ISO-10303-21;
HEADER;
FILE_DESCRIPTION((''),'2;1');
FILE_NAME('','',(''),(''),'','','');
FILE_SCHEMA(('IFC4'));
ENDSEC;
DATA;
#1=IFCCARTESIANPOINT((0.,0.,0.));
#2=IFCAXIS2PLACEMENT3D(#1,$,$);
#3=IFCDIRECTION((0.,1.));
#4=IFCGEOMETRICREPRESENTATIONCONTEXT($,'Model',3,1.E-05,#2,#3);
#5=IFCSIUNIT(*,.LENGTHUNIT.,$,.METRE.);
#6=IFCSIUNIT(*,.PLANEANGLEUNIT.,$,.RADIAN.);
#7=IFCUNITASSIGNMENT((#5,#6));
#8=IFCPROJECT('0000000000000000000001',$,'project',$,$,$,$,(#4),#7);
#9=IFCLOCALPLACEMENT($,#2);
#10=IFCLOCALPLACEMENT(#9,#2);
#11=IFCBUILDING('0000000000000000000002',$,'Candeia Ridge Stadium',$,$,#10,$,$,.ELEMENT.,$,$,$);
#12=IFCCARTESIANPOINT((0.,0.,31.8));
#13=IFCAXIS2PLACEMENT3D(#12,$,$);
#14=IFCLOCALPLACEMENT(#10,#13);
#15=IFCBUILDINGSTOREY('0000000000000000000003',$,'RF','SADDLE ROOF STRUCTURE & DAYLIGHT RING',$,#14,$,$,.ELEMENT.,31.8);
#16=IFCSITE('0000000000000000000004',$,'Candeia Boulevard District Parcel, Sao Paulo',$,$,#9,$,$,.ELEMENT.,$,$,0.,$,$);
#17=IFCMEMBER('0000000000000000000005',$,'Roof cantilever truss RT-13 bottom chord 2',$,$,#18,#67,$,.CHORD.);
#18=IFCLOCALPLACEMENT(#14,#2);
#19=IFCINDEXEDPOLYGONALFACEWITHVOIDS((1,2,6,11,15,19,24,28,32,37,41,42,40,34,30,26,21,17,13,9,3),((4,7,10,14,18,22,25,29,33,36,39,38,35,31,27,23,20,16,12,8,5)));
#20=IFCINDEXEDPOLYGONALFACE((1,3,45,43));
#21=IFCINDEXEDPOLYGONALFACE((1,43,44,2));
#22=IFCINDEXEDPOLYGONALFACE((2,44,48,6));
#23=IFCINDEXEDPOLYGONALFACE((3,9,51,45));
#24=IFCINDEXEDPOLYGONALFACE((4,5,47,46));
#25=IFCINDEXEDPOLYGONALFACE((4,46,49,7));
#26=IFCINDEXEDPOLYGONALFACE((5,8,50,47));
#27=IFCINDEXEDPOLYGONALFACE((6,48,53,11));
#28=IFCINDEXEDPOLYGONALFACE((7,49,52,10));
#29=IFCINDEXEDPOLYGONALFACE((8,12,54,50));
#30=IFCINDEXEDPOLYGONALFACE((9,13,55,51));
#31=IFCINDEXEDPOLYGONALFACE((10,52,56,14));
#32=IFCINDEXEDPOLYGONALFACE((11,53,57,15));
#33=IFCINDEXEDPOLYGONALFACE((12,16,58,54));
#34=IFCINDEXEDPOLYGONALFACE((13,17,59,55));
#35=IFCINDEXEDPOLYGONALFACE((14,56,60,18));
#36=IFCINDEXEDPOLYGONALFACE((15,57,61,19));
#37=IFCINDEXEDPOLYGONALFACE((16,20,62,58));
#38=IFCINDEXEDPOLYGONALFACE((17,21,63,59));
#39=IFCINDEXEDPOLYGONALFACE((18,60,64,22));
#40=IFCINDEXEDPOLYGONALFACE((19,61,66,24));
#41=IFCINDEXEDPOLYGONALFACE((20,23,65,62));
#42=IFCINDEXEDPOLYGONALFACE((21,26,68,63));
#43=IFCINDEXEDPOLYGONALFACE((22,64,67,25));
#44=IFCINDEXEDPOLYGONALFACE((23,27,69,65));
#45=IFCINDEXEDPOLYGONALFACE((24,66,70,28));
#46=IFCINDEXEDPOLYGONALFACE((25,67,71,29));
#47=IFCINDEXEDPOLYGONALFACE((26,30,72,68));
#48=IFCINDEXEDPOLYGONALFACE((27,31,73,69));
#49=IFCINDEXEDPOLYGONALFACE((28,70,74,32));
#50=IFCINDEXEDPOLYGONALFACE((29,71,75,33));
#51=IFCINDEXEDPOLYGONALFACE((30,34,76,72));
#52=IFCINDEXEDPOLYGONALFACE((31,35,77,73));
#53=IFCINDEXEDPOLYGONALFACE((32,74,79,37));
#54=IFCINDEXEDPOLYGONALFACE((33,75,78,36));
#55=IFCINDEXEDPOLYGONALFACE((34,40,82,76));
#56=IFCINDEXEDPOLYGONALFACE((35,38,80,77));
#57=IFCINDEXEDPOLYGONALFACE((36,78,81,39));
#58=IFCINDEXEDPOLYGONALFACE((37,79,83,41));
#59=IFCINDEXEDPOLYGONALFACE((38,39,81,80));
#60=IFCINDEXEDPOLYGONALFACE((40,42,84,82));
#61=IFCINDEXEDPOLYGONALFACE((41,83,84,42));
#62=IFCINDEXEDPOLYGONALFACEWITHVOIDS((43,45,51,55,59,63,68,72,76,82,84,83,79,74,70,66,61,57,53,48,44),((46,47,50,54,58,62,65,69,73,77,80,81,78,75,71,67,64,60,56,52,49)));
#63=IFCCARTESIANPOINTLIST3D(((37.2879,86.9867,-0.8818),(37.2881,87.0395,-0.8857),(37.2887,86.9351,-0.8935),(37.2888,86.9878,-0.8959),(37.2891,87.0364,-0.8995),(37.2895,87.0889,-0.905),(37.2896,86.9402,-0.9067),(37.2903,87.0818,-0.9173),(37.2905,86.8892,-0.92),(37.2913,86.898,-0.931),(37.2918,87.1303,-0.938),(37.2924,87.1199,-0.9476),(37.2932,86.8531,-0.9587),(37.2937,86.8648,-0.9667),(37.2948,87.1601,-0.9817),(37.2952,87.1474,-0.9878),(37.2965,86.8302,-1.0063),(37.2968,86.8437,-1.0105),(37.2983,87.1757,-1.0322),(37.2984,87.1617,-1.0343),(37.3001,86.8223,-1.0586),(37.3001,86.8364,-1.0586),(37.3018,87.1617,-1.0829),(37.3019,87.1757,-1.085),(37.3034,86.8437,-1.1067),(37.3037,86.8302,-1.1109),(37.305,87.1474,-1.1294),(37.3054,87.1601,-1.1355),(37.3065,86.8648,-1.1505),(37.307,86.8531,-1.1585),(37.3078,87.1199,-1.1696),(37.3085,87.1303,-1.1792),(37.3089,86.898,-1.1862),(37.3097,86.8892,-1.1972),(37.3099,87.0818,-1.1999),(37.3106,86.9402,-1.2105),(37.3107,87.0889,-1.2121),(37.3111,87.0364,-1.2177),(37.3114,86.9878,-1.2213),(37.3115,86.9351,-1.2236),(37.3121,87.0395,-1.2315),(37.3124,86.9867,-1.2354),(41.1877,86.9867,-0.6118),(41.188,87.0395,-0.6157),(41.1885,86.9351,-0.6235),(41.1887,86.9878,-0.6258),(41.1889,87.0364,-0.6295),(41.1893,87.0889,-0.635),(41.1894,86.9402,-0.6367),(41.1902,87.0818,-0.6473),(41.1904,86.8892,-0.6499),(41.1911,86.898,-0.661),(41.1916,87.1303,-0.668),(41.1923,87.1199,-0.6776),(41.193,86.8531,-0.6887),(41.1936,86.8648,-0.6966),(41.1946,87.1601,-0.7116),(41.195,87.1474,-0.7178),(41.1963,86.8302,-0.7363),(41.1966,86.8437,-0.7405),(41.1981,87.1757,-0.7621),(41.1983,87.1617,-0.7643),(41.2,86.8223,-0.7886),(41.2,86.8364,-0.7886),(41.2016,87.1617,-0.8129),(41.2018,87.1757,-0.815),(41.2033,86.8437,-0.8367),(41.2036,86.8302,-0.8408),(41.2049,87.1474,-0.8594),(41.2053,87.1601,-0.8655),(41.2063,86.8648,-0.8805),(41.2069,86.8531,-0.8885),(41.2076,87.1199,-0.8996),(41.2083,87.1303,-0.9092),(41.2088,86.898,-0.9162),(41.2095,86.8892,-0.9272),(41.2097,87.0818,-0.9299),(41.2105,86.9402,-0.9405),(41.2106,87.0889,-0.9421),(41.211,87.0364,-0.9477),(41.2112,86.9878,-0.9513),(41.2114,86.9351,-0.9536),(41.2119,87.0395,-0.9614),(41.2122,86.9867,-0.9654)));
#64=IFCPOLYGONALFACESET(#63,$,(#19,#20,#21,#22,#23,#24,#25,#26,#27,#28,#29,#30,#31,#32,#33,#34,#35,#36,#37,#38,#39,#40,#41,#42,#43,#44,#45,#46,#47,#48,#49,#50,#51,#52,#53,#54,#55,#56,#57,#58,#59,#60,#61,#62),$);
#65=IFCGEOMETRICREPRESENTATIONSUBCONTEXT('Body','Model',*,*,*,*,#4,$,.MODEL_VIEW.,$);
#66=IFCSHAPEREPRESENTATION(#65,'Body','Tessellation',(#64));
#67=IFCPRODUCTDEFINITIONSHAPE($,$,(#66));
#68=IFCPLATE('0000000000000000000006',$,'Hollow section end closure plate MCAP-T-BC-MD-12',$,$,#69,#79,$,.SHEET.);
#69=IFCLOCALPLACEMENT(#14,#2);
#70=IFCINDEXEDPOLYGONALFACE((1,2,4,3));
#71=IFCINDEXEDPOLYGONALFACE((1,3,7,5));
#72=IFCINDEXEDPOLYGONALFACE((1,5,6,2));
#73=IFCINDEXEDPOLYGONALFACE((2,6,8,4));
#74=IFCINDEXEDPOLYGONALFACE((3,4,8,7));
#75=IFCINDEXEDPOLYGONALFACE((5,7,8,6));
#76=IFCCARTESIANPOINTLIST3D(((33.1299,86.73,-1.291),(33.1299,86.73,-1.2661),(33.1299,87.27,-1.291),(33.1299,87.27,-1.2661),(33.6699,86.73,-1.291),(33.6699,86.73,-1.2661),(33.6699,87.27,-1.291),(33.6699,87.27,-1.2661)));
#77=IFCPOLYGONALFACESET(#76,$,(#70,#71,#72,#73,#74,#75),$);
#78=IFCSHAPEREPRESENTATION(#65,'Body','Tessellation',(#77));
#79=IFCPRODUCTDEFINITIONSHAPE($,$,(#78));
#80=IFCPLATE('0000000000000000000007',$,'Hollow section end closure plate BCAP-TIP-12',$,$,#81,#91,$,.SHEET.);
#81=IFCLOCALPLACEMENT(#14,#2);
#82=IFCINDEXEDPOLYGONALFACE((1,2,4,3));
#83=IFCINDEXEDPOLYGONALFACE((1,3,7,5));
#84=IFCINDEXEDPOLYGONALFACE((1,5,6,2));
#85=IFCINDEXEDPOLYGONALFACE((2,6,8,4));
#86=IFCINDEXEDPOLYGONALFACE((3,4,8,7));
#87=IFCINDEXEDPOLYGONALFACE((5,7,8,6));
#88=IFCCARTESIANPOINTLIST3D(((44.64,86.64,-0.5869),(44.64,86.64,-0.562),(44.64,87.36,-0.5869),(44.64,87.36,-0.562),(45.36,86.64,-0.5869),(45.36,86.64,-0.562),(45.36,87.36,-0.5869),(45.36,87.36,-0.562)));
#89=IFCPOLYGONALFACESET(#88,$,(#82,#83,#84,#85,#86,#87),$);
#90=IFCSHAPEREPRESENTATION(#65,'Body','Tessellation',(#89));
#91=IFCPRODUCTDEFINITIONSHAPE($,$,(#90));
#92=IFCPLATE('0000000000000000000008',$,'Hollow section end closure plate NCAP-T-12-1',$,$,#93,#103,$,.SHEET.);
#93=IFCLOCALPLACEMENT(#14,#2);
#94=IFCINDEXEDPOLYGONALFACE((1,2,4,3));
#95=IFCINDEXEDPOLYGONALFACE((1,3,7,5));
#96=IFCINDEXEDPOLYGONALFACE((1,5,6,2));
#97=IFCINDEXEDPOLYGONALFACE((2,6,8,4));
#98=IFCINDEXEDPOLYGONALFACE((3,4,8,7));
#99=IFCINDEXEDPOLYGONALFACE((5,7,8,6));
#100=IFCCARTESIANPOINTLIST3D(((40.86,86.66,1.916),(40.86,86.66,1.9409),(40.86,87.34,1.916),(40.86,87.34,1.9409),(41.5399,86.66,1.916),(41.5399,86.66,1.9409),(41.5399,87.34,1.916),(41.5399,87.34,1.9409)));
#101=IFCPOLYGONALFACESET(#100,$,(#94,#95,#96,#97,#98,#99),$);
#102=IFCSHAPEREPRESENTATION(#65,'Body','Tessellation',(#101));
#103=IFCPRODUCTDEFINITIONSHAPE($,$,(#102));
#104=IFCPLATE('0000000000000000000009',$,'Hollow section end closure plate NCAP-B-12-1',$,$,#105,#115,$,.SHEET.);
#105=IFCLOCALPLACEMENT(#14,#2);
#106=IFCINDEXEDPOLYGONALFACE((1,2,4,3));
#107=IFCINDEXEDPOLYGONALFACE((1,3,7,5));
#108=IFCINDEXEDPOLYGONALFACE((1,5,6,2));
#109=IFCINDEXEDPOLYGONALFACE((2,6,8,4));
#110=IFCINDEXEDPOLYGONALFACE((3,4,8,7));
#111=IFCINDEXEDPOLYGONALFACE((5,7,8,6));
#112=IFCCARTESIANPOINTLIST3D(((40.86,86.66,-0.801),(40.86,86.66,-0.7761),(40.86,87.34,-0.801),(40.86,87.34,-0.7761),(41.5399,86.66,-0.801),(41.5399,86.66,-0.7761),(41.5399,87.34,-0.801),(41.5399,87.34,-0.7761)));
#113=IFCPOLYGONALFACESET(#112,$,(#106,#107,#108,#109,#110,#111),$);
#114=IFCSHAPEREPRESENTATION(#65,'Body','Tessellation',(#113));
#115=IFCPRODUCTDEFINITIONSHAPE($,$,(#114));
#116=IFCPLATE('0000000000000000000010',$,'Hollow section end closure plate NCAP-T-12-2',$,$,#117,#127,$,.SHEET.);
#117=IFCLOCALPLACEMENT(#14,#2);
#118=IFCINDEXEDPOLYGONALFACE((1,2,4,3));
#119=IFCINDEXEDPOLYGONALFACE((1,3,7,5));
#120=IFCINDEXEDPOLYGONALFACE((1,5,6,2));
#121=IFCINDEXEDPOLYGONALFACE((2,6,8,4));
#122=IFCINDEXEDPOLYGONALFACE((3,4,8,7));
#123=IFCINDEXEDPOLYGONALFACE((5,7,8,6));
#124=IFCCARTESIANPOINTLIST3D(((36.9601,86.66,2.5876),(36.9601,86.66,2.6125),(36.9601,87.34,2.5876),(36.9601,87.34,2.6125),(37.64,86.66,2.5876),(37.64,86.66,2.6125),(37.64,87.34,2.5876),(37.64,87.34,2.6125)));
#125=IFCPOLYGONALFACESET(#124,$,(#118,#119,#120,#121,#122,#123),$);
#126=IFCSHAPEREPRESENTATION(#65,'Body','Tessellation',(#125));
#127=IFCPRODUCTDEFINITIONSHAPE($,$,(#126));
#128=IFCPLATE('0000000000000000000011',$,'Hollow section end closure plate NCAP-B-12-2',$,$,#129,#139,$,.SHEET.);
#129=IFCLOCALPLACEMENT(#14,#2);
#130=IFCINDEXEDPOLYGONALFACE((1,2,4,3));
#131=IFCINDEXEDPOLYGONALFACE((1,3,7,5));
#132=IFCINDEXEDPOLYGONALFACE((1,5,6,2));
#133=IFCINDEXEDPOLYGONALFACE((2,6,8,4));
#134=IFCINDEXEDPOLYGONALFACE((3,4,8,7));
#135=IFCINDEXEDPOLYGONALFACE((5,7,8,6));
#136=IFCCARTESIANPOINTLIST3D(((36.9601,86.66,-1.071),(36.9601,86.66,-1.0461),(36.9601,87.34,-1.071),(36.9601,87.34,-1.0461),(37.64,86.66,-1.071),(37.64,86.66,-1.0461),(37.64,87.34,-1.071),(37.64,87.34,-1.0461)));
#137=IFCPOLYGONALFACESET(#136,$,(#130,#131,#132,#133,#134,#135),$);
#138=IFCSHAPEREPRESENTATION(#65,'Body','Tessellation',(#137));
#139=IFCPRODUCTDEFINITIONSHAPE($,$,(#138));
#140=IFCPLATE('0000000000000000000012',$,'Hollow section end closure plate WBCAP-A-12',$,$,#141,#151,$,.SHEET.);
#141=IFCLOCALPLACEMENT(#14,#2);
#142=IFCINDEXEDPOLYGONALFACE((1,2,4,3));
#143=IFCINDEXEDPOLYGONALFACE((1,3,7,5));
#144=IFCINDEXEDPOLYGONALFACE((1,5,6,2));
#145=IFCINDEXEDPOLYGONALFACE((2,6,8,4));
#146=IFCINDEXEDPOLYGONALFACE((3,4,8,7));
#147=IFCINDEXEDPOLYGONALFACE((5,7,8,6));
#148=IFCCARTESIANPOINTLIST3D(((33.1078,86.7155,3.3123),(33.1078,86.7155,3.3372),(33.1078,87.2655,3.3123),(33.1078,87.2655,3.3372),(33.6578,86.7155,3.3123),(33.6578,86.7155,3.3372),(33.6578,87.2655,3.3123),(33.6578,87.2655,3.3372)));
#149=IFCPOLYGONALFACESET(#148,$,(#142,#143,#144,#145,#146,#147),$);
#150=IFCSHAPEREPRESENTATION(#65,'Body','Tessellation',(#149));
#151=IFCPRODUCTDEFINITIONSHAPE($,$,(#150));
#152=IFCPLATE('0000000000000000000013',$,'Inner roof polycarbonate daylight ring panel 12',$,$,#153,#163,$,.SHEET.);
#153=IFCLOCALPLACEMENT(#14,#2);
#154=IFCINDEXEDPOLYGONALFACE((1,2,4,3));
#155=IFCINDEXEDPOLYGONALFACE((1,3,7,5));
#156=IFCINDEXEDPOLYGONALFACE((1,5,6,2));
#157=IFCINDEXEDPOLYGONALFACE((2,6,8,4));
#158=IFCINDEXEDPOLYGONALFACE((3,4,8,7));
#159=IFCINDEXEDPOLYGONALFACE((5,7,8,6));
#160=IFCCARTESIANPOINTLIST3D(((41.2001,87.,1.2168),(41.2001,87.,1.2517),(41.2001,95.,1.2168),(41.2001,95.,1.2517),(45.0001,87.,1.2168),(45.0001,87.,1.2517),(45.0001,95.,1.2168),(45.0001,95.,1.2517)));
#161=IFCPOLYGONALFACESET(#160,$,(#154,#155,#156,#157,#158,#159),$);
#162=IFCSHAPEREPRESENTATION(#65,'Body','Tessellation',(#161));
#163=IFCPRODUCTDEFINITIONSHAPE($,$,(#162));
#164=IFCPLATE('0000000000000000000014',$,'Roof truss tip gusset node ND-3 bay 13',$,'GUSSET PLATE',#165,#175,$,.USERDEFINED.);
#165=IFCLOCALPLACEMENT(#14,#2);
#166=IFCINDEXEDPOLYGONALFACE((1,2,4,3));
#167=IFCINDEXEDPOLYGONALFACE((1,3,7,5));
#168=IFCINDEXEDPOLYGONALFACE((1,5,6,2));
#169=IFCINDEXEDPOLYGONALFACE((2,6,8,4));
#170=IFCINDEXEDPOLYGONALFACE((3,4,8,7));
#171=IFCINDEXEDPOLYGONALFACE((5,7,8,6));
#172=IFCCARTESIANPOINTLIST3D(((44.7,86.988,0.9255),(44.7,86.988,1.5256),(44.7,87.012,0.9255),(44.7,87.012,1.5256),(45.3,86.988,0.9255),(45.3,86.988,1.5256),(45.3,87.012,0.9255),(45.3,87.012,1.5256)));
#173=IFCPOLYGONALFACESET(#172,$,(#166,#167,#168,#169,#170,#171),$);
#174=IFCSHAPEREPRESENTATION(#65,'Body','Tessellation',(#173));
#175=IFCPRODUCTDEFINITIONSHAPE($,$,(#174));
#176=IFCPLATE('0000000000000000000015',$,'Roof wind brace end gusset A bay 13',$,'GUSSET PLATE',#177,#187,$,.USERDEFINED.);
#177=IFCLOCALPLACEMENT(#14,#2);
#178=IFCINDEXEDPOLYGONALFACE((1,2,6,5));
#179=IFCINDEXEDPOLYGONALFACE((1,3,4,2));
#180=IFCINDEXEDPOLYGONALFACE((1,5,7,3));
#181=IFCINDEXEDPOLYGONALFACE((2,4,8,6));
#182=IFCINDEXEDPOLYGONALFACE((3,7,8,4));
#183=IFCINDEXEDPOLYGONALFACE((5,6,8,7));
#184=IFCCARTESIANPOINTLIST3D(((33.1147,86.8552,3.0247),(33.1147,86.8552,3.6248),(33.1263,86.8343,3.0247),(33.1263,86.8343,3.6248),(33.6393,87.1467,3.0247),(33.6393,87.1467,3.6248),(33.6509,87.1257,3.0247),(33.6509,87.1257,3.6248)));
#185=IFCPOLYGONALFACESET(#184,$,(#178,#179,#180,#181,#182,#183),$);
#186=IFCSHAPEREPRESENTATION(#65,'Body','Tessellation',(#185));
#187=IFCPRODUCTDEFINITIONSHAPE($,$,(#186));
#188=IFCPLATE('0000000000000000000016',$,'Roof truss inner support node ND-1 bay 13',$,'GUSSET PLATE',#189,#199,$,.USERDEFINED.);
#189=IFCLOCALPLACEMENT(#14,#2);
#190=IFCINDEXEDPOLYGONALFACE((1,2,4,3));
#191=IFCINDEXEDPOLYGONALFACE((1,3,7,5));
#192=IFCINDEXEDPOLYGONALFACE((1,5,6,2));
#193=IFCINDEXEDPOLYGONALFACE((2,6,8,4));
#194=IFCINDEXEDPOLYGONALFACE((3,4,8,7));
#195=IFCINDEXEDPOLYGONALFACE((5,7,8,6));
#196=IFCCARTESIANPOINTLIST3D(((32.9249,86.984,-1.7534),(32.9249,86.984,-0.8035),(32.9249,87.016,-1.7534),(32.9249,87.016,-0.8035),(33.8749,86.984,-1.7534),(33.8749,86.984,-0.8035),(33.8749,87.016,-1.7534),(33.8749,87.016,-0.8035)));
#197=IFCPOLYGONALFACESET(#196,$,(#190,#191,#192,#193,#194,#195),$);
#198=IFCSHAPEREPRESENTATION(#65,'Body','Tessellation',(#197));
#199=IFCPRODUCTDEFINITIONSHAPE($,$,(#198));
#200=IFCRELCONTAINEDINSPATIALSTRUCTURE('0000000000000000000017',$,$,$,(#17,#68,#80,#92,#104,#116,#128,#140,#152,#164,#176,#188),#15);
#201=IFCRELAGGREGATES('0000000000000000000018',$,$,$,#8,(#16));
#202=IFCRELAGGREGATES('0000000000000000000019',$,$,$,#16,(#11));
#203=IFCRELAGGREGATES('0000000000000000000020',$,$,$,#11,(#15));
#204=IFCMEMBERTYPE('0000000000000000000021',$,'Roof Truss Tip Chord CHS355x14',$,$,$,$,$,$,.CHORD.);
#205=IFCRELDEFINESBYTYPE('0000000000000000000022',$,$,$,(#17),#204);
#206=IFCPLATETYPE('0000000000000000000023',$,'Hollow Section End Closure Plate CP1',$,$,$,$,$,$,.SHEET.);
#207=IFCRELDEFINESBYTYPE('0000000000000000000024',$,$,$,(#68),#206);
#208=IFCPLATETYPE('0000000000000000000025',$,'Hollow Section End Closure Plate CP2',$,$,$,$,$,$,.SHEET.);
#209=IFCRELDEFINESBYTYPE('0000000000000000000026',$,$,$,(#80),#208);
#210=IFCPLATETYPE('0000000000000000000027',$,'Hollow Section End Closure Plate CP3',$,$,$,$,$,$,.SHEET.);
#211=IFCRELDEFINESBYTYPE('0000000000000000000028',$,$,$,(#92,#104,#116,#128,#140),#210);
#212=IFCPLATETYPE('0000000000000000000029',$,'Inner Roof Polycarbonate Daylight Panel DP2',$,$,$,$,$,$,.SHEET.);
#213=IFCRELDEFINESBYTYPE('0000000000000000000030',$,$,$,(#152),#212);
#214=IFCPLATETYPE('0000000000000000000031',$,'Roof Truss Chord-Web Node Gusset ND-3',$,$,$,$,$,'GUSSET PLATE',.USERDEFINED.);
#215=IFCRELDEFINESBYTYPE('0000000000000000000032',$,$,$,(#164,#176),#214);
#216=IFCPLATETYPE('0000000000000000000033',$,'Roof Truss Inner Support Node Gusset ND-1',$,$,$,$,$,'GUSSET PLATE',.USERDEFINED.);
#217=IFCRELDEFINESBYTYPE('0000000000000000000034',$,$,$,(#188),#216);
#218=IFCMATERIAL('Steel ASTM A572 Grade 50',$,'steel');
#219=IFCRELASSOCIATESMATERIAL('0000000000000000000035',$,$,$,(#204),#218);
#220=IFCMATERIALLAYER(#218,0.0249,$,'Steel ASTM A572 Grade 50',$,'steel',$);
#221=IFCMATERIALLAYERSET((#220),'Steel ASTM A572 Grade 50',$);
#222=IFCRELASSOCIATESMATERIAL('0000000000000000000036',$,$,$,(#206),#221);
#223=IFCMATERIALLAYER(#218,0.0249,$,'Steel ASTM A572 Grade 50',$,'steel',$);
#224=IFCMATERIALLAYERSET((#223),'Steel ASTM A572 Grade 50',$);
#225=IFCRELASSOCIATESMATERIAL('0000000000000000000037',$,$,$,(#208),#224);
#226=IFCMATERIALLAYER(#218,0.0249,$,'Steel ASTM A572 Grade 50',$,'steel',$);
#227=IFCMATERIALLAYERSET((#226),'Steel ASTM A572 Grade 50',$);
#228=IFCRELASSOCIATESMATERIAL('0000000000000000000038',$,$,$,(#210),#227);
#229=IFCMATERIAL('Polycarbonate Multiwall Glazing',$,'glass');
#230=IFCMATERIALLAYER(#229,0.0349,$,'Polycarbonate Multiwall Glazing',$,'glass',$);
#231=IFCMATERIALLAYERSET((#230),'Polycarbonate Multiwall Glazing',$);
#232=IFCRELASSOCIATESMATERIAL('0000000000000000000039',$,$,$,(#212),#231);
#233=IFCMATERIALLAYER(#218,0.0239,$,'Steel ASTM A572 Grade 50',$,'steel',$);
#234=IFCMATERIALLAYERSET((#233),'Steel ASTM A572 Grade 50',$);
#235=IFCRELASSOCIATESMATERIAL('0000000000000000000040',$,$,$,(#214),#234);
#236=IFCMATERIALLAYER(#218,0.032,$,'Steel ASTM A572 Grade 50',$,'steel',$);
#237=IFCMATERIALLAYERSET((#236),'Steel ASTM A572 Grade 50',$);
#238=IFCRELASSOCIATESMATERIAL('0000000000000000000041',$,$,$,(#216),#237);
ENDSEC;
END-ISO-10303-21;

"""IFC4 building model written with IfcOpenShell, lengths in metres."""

from ifc_helpers import new_model, si_unit, direction, frame, origin, origin_2d, place, context, subcontext, project, spatial, rectangle, hollow_circle, extrude, material, layer, layer_set, material_profile, profile_set, type_object, element, save


model = new_model("IFC4")

# Units and contexts
model_context = context("Model", 3, precision=1e-05, world=origin(), true_north=direction((0.0, 1.0)))
body_context = subcontext(model_context, "Body", "Model", "MODEL_VIEW")
ifc_project = project(units=[si_unit("LENGTHUNIT", "METRE"), si_unit("PLANEANGLEUNIT", "RADIAN")], contexts=[model_context])

# Site, building, storey
site_placement = place(None, origin())
site = spatial("IfcSite", under=ifc_project, at=site_placement, Name="Candeia Boulevard District Parcel, Sao Paulo", CompositionType="ELEMENT", RefElevation=0.0)
building_placement = place(site_placement, origin())
building = spatial("IfcBuilding", under=site, at=building_placement, Name="Candeia Ridge Stadium", CompositionType="ELEMENT")
storey_placement = place(building_placement, frame((0.0, 0.0, 31.8)))
storey = spatial("IfcBuildingStorey", under=building, at=storey_placement, Name="RF", Description="SADDLE ROOF STRUCTURE & DAYLIGHT RING", CompositionType="ELEMENT", Elevation=31.8)

# Shared definitions
ifc_material_1 = material(Name="Steel ASTM A572 Grade 50", Category="steel")

# Member
ifc_material_profile_1 = material_profile(ifc_material_1, hollow_circle(Radius=0.1777, WallThickness=0.0142, at=origin_2d()), Name="CHS355x14", Category="steel")
ifc_profile_set_1 = profile_set([ifc_material_profile_1], Name="Steel ASTM A572 Grade 50")
member_type_1 = type_object("IfcMemberType", Name="Roof Truss Tip Chord CHS355x14", PredefinedType="CHORD", material=ifc_profile_set_1)
member_1_placement = place(storey_placement, frame((41.2, 87.0, -0.7886), z_axis=(-0.997612, 0.0, -0.069072), x_axis=(0.0, -1.0, 0.0)))
element("IfcMember", 1, at=member_1_placement, inside=storey, type_object=member_type_1, Name="Roof cantilever truss RT-13 bottom chord 2", PredefinedType="CHORD", context=body_context, shape_type="SweptSolid", body=[
    extrude(hollow_circle(Radius=0.1777, WallThickness=0.0142, at=origin_2d()), origin(), (0.0, 0.0, 1.0), 3.9092),
])

# Plates
ifc_layer_1 = layer(ifc_material_1, 0.0249, Name="Steel ASTM A572 Grade 50", Category="steel")
ifc_layer_set_1 = layer_set([ifc_layer_1], Name="Steel ASTM A572 Grade 50")
plate_type_1 = type_object("IfcPlateType", Name="Hollow Section End Closure Plate CP1", PredefinedType="SHEET", material=ifc_layer_set_1)
plate_1_placement = place(storey_placement, frame((33.3999, 87.0, -1.291), z_axis=(0.0, 0.0, 1.0), x_axis=(1.0, 0.0, 0.0)))
element("IfcPlate", 2, at=plate_1_placement, inside=storey, type_object=plate_type_1, Name="Hollow section end closure plate MCAP-T-BC-MD-12", PredefinedType="SHEET", context=body_context, shape_type="SweptSolid", body=[
    extrude(rectangle(XDim=0.54, YDim=0.54, at=origin_2d()), origin(), (0.0, 0.0, 1.0), 0.0249),
])
ifc_layer_2 = layer(ifc_material_1, 0.0249, Name="Steel ASTM A572 Grade 50", Category="steel")
ifc_layer_set_2 = layer_set([ifc_layer_2], Name="Steel ASTM A572 Grade 50")
plate_type_2 = type_object("IfcPlateType", Name="Hollow Section End Closure Plate CP2", PredefinedType="SHEET", material=ifc_layer_set_2)
plate_2_placement = place(storey_placement, frame((45.0, 87.0, -0.5869), z_axis=(0.0, 0.0, 1.0), x_axis=(1.0, 0.0, 0.0)))
element("IfcPlate", 3, at=plate_2_placement, inside=storey, type_object=plate_type_2, Name="Hollow section end closure plate BCAP-TIP-12", PredefinedType="SHEET", context=body_context, shape_type="SweptSolid", body=[
    extrude(rectangle(XDim=0.72, YDim=0.72, at=origin_2d()), origin(), (0.0, 0.0, 1.0), 0.0249),
])
ifc_layer_3 = layer(ifc_material_1, 0.0249, Name="Steel ASTM A572 Grade 50", Category="steel")
ifc_layer_set_3 = layer_set([ifc_layer_3], Name="Steel ASTM A572 Grade 50")
plate_type_3 = type_object("IfcPlateType", Name="Hollow Section End Closure Plate CP3", PredefinedType="SHEET", material=ifc_layer_set_3)
for number, where, z_axis, x_axis, name in (
    (4, (41.2, 87.0, 1.916), (0.0, 0.0, 1.0), (1.0, 0.0, 0.0), "Hollow section end closure plate NCAP-T-12-1"),
    (5, (41.2, 87.0, -0.801), (0.0, 0.0, 1.0), (1.0, 0.0, 0.0), "Hollow section end closure plate NCAP-B-12-1"),
    (6, (37.3, 87.0, 2.5876), (0.0, 0.0, 1.0), (1.0, 0.0, 0.0), "Hollow section end closure plate NCAP-T-12-2"),
    (7, (37.3, 87.0, -1.071), (0.0, 0.0, 1.0), (1.0, 0.0, 0.0), "Hollow section end closure plate NCAP-B-12-2"),
):
    element("IfcPlate", number, at=place(storey_placement, frame(where, z_axis=z_axis, x_axis=x_axis)), inside=storey, type_object=plate_type_3, Name=name, PredefinedType="SHEET", context=body_context, shape_type="SweptSolid", body=[
        extrude(rectangle(XDim=0.6799, YDim=0.6799, at=origin_2d()), origin(), (0.0, 0.0, 1.0), 0.0249),
    ])
plate_3_placement = place(storey_placement, frame((33.3828, 86.9905, 3.3123), z_axis=(0.0, 0.0, 1.0), x_axis=(1.0, 0.0, 0.0)))
element("IfcPlate", 8, at=plate_3_placement, inside=storey, type_object=plate_type_3, Name="Hollow section end closure plate WBCAP-A-12", PredefinedType="SHEET", context=body_context, shape_type="SweptSolid", body=[
    extrude(rectangle(XDim=0.55, YDim=0.55, at=origin_2d()), origin(), (0.0, 0.0, 1.0), 0.0249),
])
ifc_material_2 = material(Name="Polycarbonate Multiwall Glazing", Category="glass")
ifc_layer_4 = layer(ifc_material_2, 0.0349, Name="Polycarbonate Multiwall Glazing", Category="glass")
ifc_layer_set_4 = layer_set([ifc_layer_4], Name="Polycarbonate Multiwall Glazing")
plate_type_4 = type_object("IfcPlateType", Name="Inner Roof Polycarbonate Daylight Panel DP2", PredefinedType="SHEET", material=ifc_layer_set_4)
plate_4_placement = place(storey_placement, frame((43.1001, 91.0, 1.2168), z_axis=(0.0, 0.0, 1.0), x_axis=(0.0, -1.0, 0.0)))
element("IfcPlate", 9, at=plate_4_placement, inside=storey, type_object=plate_type_4, Name="Inner roof polycarbonate daylight ring panel 12", PredefinedType="SHEET", context=body_context, shape_type="SweptSolid", body=[
    extrude(rectangle(XDim=8.0, YDim=3.8, at=origin_2d()), origin(), (0.0, 0.0, 1.0), 0.0349),
])
ifc_layer_5 = layer(ifc_material_1, 0.0239, Name="Steel ASTM A572 Grade 50", Category="steel")
ifc_layer_set_5 = layer_set([ifc_layer_5], Name="Steel ASTM A572 Grade 50")
plate_type_5 = type_object("IfcPlateType", Name="Roof Truss Chord-Web Node Gusset ND-3", ElementType="GUSSET PLATE", PredefinedType="USERDEFINED", material=ifc_layer_set_5)
for number, where, z_axis, x_axis, name in (
    (10, (45.0, 87.0, 0.9255), (0.0, 0.0, 1.0), (-1.0, 0.0, 0.0), "Roof truss tip gusset node ND-3 bay 13"),
    (11, (33.3828, 86.9905, 3.0247), (0.0, 0.0, 1.0), (-0.874157, -0.485643, 0.0), "Roof wind brace end gusset A bay 13"),
):
    element("IfcPlate", number, at=place(storey_placement, frame(where, z_axis=z_axis, x_axis=x_axis)), inside=storey, type_object=plate_type_5, Name=name, ObjectType="GUSSET PLATE", PredefinedType="USERDEFINED", context=body_context, shape_type="SweptSolid", body=[
        extrude(rectangle(XDim=0.6001, YDim=0.0239, at=origin_2d()), origin(), (0.0, 0.0, 1.0), 0.6001),
    ])
ifc_layer_6 = layer(ifc_material_1, 0.032, Name="Steel ASTM A572 Grade 50", Category="steel")
ifc_layer_set_6 = layer_set([ifc_layer_6], Name="Steel ASTM A572 Grade 50")
plate_type_6 = type_object("IfcPlateType", Name="Roof Truss Inner Support Node Gusset ND-1", ElementType="GUSSET PLATE", PredefinedType="USERDEFINED", material=ifc_layer_set_6)
plate_5_placement = place(storey_placement, frame((33.3999, 87.0, -1.7534), z_axis=(0.0, 0.0, 1.0), x_axis=(-1.0, 0.0, 0.0)))
element("IfcPlate", 12, at=plate_5_placement, inside=storey, type_object=plate_type_6, Name="Roof truss inner support node ND-1 bay 13", ObjectType="GUSSET PLATE", PredefinedType="USERDEFINED", context=body_context, shape_type="SweptSolid", body=[
    extrude(rectangle(XDim=0.95, YDim=0.032, at=origin_2d()), origin(), (0.0, 0.0, 1.0), 0.95),
])

save(model, "model.ifc")
